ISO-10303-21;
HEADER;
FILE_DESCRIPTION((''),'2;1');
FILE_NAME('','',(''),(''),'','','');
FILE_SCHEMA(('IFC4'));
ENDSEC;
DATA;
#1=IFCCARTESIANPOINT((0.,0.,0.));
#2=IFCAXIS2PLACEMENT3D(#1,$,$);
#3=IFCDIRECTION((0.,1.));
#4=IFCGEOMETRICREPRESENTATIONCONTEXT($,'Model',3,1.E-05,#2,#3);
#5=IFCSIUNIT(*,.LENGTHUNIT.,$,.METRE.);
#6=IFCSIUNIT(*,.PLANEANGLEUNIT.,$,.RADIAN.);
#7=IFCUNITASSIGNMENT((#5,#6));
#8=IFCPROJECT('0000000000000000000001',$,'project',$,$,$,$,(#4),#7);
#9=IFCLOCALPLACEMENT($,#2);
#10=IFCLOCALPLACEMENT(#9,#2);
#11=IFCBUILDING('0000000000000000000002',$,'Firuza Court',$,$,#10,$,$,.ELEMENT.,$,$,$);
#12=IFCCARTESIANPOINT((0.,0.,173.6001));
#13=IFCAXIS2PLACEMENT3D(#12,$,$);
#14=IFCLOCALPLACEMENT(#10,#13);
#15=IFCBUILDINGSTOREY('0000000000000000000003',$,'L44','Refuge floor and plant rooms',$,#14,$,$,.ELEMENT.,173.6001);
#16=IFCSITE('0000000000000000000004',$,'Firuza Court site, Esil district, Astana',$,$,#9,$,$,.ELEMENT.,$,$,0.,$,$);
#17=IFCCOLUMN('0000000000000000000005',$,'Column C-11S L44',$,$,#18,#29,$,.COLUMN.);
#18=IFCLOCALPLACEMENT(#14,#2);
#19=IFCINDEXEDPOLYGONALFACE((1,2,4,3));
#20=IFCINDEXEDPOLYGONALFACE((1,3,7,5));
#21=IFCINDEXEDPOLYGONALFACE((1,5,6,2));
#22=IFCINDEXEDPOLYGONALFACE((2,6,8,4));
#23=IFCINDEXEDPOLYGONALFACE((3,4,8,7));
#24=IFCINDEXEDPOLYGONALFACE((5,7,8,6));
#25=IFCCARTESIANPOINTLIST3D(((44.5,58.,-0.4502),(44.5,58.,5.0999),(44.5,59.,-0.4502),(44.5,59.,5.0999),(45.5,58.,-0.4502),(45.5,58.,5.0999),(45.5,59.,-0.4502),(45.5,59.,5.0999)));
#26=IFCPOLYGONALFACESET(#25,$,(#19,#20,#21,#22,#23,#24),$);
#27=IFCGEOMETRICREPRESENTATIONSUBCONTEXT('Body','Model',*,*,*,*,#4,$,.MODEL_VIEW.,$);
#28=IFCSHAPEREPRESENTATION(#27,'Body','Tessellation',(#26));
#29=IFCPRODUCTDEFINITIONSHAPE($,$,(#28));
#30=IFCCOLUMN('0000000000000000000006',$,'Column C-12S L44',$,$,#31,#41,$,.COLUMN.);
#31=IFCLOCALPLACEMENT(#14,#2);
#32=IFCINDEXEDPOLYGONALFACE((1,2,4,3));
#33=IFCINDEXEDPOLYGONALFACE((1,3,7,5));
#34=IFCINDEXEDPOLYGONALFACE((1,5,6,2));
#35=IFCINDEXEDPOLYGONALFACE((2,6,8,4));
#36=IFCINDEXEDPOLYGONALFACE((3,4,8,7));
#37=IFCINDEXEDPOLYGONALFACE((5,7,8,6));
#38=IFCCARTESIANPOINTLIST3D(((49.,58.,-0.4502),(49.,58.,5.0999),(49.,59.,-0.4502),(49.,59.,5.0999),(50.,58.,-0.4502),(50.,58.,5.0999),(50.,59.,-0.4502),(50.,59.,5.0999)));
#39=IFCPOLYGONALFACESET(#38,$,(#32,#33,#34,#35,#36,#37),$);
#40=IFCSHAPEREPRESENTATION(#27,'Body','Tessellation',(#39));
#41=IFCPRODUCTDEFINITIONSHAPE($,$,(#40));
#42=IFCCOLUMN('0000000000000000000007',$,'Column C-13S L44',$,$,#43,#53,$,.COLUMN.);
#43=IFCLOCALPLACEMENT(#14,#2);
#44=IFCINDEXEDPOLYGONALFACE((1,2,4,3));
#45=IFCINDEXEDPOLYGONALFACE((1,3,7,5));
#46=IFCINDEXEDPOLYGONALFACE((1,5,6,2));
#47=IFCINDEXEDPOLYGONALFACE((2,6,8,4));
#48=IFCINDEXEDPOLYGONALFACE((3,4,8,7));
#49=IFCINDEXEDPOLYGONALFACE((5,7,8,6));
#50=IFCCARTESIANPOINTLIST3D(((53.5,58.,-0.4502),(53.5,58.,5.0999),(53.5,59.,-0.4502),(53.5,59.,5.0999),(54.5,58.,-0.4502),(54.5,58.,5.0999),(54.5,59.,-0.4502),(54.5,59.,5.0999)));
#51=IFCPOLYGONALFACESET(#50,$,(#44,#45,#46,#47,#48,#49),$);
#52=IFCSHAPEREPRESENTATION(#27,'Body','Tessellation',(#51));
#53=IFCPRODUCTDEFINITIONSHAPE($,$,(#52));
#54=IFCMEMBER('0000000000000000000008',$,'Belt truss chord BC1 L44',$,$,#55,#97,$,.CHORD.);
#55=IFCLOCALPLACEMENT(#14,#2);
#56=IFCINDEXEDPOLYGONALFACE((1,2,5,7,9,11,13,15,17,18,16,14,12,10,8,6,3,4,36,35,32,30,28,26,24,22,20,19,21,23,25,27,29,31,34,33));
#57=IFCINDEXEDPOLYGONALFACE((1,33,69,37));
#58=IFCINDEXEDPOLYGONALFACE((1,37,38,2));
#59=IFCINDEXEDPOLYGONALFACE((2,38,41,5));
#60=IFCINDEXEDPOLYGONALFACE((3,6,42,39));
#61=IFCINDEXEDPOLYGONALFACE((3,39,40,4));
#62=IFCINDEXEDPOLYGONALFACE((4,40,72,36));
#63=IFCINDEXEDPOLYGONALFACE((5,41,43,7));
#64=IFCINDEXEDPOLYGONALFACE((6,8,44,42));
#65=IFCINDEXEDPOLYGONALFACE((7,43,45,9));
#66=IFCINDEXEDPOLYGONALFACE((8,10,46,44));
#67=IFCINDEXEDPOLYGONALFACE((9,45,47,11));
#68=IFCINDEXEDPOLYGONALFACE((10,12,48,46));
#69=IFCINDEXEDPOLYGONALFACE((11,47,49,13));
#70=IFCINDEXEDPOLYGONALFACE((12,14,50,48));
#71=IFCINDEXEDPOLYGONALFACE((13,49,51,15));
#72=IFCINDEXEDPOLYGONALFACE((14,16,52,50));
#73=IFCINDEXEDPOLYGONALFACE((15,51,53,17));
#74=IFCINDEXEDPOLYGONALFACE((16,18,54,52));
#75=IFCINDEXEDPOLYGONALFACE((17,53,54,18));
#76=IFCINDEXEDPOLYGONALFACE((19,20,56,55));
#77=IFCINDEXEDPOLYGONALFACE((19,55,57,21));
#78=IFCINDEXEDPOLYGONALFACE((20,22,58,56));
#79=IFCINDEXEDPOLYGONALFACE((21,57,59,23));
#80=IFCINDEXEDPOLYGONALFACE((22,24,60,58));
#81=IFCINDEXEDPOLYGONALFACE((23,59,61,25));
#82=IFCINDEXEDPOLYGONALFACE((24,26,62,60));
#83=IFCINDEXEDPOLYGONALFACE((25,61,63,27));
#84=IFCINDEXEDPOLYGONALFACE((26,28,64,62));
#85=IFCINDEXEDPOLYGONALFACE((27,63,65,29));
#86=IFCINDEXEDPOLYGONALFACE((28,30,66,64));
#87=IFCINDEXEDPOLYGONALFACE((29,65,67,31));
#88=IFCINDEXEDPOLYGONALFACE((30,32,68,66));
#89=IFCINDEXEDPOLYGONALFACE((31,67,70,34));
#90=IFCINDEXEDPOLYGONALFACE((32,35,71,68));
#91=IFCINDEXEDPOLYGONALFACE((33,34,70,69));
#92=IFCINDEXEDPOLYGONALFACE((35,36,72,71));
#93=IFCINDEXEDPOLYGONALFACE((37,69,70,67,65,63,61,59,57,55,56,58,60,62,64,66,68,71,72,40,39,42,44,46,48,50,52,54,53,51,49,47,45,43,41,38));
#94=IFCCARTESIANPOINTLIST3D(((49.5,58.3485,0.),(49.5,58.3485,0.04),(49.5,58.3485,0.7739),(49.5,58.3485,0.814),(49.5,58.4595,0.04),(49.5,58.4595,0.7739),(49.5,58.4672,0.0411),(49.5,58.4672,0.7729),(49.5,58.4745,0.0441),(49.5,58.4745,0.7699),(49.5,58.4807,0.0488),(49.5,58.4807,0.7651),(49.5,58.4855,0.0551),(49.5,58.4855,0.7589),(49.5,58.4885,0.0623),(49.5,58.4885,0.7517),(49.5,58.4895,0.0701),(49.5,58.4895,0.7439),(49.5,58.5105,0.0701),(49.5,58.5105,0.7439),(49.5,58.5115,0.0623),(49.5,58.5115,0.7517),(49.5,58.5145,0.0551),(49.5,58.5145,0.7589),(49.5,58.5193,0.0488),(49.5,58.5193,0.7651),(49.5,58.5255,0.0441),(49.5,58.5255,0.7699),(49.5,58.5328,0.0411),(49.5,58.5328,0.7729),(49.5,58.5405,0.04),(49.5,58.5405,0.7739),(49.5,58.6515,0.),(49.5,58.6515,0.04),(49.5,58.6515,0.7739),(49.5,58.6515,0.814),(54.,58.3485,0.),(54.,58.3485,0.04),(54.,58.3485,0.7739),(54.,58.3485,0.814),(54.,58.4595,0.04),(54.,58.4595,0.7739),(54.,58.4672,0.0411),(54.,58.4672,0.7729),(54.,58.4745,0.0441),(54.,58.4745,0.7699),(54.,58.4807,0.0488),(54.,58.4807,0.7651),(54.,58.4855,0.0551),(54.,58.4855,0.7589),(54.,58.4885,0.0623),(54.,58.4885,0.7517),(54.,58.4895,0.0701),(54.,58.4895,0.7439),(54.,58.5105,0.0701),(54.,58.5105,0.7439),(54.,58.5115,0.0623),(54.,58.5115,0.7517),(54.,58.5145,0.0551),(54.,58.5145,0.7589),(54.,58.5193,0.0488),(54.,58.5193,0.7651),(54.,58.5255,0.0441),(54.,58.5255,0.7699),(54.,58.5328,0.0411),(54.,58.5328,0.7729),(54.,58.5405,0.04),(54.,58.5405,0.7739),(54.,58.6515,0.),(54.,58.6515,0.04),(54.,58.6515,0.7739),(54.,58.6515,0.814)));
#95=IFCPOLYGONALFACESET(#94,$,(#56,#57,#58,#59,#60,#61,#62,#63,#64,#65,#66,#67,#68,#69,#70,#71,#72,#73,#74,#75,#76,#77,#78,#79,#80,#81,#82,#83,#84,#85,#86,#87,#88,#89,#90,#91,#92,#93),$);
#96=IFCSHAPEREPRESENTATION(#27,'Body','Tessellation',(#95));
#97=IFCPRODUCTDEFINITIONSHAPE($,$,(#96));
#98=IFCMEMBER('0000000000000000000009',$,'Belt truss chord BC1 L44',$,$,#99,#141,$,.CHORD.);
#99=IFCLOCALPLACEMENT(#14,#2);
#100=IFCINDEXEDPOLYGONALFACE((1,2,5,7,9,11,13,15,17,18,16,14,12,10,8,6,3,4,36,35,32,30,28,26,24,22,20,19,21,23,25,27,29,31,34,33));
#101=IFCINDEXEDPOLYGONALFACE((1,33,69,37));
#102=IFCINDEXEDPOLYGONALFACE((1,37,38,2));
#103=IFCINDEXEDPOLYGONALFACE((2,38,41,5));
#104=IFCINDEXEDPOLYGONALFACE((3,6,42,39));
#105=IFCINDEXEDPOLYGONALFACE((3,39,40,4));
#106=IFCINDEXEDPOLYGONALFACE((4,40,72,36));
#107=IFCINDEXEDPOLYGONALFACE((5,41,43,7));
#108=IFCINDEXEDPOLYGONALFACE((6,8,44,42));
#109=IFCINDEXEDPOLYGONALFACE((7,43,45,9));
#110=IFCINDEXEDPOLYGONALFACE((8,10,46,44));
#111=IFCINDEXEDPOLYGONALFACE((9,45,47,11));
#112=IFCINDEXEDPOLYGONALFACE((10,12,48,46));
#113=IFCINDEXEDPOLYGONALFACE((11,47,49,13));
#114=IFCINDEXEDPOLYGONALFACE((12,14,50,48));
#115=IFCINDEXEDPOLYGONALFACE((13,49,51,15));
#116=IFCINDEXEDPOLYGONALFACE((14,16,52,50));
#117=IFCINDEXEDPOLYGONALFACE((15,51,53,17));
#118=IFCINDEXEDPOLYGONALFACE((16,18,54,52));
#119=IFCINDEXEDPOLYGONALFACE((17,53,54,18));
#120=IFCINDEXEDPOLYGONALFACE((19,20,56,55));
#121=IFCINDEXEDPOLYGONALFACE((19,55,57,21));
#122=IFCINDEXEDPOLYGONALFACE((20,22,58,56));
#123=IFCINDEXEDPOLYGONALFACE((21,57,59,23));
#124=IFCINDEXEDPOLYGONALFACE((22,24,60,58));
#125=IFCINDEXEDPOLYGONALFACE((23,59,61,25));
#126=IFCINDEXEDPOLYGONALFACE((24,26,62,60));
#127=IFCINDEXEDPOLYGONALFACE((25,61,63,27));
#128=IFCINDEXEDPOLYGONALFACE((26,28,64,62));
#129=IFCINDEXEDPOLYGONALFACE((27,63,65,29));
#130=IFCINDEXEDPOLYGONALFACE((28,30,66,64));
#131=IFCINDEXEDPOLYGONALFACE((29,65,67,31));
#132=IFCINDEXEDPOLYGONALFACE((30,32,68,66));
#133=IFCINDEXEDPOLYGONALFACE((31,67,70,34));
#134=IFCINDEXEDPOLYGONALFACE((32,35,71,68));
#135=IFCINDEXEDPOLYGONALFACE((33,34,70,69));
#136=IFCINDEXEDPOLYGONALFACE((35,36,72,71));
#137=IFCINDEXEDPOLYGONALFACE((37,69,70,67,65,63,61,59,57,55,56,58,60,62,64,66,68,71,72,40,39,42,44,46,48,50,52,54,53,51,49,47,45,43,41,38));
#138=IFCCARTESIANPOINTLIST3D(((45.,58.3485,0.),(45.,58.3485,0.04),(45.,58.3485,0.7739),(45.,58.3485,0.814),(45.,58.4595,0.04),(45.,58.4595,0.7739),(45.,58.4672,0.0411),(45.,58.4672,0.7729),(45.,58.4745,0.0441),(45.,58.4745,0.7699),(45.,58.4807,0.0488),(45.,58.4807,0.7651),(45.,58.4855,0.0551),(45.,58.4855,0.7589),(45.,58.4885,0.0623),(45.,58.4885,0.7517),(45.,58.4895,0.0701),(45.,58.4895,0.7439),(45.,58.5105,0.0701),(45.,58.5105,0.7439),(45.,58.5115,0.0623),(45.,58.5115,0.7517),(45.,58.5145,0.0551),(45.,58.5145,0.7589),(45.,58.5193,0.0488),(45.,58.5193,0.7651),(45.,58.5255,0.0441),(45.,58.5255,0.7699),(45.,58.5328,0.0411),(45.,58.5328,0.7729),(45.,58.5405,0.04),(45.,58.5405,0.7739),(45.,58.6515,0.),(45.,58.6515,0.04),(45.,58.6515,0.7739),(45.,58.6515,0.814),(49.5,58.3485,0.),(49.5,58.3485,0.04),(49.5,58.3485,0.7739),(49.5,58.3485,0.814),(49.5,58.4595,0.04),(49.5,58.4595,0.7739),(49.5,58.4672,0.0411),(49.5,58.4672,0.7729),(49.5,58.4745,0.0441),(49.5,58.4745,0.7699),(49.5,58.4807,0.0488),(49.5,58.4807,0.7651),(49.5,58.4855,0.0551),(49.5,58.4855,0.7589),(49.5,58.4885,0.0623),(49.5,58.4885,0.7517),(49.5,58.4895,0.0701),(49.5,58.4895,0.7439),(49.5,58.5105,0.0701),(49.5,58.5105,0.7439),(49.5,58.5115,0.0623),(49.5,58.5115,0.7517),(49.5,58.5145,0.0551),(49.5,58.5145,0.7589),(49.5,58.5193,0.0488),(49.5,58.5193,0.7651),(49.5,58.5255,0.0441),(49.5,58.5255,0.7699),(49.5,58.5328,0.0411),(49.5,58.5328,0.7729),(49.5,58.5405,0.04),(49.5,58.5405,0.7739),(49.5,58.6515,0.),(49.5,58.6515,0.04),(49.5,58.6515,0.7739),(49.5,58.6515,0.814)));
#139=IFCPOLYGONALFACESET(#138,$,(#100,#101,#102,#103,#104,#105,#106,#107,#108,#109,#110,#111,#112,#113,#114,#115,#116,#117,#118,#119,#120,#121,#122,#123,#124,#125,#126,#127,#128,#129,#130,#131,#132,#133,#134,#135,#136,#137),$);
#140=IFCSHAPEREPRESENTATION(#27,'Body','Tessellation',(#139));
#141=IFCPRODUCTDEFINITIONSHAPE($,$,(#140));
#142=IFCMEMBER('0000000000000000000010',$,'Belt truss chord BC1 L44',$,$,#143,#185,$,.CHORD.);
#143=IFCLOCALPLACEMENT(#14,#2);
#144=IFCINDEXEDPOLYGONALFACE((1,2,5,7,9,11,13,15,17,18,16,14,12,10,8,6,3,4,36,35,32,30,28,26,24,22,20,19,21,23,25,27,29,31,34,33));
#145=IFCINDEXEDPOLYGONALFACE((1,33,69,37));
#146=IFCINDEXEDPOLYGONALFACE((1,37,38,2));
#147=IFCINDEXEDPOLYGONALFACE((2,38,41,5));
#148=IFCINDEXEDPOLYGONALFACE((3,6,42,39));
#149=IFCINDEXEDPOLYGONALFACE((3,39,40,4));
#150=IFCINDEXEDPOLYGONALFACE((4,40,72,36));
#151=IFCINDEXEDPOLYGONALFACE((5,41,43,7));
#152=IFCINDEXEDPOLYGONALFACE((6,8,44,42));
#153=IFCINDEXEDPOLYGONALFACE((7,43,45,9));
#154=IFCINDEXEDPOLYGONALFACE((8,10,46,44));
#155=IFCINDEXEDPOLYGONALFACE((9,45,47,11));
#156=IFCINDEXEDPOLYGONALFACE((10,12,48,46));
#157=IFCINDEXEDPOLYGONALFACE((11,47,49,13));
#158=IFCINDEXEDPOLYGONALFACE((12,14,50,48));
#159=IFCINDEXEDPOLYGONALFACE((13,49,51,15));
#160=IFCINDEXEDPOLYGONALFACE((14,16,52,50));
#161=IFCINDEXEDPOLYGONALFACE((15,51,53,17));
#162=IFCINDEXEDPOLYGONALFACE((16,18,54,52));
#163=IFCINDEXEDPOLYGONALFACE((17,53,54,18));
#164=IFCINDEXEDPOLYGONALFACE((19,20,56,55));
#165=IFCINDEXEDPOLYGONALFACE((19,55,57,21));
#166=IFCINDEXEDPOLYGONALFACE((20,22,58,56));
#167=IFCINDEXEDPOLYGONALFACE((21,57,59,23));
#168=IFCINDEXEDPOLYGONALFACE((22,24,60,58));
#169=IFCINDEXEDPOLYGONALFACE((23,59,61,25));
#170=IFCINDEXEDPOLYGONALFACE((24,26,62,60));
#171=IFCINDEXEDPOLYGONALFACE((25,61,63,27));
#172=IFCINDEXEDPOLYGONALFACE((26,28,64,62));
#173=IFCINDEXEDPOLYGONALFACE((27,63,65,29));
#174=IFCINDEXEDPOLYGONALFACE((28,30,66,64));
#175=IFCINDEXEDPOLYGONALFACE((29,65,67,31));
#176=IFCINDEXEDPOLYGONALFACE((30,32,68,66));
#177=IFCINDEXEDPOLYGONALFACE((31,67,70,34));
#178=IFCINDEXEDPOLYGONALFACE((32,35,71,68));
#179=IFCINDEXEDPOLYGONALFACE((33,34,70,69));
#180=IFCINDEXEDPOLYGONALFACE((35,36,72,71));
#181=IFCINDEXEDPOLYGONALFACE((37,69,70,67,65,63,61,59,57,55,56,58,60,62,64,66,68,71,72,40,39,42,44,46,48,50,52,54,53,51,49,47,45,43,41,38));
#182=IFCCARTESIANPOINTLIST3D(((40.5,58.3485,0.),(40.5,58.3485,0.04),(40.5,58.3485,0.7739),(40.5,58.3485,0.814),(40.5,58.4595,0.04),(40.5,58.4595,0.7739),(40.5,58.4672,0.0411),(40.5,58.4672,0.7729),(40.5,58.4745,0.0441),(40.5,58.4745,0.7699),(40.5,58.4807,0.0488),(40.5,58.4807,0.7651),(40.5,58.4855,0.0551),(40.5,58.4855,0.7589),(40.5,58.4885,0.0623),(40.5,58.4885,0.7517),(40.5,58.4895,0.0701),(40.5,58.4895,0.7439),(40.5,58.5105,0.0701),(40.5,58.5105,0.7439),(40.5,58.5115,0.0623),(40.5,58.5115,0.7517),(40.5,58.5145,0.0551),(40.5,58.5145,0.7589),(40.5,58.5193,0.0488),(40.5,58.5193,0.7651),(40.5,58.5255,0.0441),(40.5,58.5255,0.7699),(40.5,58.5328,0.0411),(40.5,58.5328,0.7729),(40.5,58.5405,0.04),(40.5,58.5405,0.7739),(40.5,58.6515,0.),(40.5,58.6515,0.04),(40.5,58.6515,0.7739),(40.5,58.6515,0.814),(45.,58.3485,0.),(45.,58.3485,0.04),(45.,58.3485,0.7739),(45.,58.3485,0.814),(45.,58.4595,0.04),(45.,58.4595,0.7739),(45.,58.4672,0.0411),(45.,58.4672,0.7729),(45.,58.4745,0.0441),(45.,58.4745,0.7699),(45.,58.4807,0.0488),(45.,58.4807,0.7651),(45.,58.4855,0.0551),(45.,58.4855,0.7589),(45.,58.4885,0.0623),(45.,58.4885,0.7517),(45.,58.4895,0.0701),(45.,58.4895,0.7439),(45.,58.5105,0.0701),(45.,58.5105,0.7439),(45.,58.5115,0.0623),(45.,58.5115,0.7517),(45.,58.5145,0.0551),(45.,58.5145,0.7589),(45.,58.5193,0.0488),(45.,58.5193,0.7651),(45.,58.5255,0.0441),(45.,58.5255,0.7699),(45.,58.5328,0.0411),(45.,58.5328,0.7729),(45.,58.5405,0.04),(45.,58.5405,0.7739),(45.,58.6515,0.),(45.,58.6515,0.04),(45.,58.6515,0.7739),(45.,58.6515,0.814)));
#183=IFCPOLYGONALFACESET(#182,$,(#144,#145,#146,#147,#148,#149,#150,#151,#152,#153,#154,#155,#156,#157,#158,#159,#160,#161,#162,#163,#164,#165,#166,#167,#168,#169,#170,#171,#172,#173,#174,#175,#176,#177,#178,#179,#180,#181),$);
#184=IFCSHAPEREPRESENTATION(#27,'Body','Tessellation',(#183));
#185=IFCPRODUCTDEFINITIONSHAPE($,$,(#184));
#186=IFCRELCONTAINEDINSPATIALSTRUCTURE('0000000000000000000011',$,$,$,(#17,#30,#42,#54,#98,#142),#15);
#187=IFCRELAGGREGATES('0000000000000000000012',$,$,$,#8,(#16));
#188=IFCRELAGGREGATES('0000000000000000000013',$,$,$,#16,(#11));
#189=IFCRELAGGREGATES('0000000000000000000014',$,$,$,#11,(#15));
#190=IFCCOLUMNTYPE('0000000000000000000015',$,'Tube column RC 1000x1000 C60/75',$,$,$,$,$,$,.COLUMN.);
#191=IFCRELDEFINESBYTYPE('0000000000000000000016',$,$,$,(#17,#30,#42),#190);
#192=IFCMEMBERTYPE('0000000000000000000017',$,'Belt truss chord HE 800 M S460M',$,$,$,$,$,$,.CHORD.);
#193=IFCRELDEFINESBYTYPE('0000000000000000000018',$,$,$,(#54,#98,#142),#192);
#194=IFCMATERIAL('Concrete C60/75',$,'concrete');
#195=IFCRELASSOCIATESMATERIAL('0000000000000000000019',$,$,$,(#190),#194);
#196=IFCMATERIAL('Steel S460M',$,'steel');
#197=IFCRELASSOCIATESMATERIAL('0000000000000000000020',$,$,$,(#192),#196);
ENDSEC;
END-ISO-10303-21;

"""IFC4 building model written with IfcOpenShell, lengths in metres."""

from ifc_helpers import new_model, si_unit, direction, frame, origin, origin_2d, place, context, subcontext, project, spatial, rectangle, i_section, extrude, material, material_profile, profile_set, type_object, element, save


model = new_model("IFC4")

# Units and contexts
model_context = context("Model", 3, precision=1e-05, world=origin(), true_north=direction((0.0, 1.0)))
body_context = subcontext(model_context, "Body", "Model", "MODEL_VIEW")
ifc_project = project(units=[si_unit("LENGTHUNIT", "METRE"), si_unit("PLANEANGLEUNIT", "RADIAN")], contexts=[model_context])

# Site, building, storey
site_placement = place(None, origin())
site = spatial("IfcSite", under=ifc_project, at=site_placement, Name="Firuza Court site, Esil district, Astana", CompositionType="ELEMENT", RefElevation=0.0)
building_placement = place(site_placement, origin())
building = spatial("IfcBuilding", under=site, at=building_placement, Name="Firuza Court", CompositionType="ELEMENT")
storey_placement = place(building_placement, frame((0.0, 0.0, 173.6001)))
storey = spatial("IfcBuildingStorey", under=building, at=storey_placement, Name="L44", Description="Refuge floor and plant rooms", CompositionType="ELEMENT", Elevation=173.6001)

# Columns
ifc_material_1 = material(Name="Concrete C60/75", Category="concrete")
ifc_material_profile_1 = material_profile(ifc_material_1, rectangle(XDim=1.0, YDim=1.0, at=origin_2d()), Name="RC 1000x1000")
ifc_profile_set_1 = profile_set([ifc_material_profile_1], Name="Concrete C60/75")
column_type = type_object("IfcColumnType", Name="Tube column RC 1000x1000 C60/75", PredefinedType="COLUMN", material=ifc_profile_set_1)
for number, where, z_axis, x_axis, name in (
    (1, (45.0, 58.5, -0.4502), (0.0, 0.0, 1.0), (1.0, 0.0, 0.0), "Column C-11S L44"),
    (2, (49.5, 58.5, -0.4502), (0.0, 0.0, 1.0), (1.0, 0.0, 0.0), "Column C-12S L44"),
    (3, (54.0, 58.5, -0.4502), (0.0, 0.0, 1.0), (1.0, 0.0, 0.0), "Column C-13S L44"),
):
    element("IfcColumn", number, at=place(storey_placement, frame(where, z_axis=z_axis, x_axis=x_axis)), inside=storey, type_object=column_type, Name=name, PredefinedType="COLUMN", context=body_context, shape_type="SweptSolid", body=[
        extrude(rectangle(XDim=1.0, YDim=1.0, at=origin_2d()), origin(), (0.0, 0.0, 1.0), 5.55),
    ])

# Members
ifc_material_2 = material(Name="Steel S460M", Category="steel")
ifc_material_profile_2 = material_profile(ifc_material_2, i_section(OverallWidth=0.303, OverallDepth=0.814, WebThickness=0.021, FlangeThickness=0.04, FilletRadius=0.03, at=origin_2d()), Name="HE 800 M")
ifc_profile_set_2 = profile_set([ifc_material_profile_2], Name="Steel S460M")
member_type_1 = type_object("IfcMemberType", Name="Belt truss chord HE 800 M S460M", PredefinedType="CHORD", material=ifc_profile_set_2)
for number, where, z_axis, x_axis, name in (
    (4, (54.0, 58.5, 0.407), (-1.0, 0.0, 0.0), (0.0, -1.0, 0.0), "Belt truss chord BC1 L44"),
    (5, (49.5, 58.5, 0.407), (-1.0, 0.0, 0.0), (0.0, -1.0, 0.0), "Belt truss chord BC1 L44"),
    (6, (45.0, 58.5, 0.407), (-1.0, 0.0, 0.0), (0.0, -1.0, 0.0), "Belt truss chord BC1 L44"),
):
    element("IfcMember", number, at=place(storey_placement, frame(where, z_axis=z_axis, x_axis=x_axis)), inside=storey, type_object=member_type_1, Name=name, PredefinedType="CHORD", context=body_context, shape_type="SweptSolid", body=[
        extrude(i_section(OverallWidth=0.303, OverallDepth=0.814, WebThickness=0.021, FlangeThickness=0.04, FilletRadius=0.03, at=origin_2d()), origin(), (0.0, 0.0, 1.0), 4.5),
    ])

save(model, "model.ifc")
